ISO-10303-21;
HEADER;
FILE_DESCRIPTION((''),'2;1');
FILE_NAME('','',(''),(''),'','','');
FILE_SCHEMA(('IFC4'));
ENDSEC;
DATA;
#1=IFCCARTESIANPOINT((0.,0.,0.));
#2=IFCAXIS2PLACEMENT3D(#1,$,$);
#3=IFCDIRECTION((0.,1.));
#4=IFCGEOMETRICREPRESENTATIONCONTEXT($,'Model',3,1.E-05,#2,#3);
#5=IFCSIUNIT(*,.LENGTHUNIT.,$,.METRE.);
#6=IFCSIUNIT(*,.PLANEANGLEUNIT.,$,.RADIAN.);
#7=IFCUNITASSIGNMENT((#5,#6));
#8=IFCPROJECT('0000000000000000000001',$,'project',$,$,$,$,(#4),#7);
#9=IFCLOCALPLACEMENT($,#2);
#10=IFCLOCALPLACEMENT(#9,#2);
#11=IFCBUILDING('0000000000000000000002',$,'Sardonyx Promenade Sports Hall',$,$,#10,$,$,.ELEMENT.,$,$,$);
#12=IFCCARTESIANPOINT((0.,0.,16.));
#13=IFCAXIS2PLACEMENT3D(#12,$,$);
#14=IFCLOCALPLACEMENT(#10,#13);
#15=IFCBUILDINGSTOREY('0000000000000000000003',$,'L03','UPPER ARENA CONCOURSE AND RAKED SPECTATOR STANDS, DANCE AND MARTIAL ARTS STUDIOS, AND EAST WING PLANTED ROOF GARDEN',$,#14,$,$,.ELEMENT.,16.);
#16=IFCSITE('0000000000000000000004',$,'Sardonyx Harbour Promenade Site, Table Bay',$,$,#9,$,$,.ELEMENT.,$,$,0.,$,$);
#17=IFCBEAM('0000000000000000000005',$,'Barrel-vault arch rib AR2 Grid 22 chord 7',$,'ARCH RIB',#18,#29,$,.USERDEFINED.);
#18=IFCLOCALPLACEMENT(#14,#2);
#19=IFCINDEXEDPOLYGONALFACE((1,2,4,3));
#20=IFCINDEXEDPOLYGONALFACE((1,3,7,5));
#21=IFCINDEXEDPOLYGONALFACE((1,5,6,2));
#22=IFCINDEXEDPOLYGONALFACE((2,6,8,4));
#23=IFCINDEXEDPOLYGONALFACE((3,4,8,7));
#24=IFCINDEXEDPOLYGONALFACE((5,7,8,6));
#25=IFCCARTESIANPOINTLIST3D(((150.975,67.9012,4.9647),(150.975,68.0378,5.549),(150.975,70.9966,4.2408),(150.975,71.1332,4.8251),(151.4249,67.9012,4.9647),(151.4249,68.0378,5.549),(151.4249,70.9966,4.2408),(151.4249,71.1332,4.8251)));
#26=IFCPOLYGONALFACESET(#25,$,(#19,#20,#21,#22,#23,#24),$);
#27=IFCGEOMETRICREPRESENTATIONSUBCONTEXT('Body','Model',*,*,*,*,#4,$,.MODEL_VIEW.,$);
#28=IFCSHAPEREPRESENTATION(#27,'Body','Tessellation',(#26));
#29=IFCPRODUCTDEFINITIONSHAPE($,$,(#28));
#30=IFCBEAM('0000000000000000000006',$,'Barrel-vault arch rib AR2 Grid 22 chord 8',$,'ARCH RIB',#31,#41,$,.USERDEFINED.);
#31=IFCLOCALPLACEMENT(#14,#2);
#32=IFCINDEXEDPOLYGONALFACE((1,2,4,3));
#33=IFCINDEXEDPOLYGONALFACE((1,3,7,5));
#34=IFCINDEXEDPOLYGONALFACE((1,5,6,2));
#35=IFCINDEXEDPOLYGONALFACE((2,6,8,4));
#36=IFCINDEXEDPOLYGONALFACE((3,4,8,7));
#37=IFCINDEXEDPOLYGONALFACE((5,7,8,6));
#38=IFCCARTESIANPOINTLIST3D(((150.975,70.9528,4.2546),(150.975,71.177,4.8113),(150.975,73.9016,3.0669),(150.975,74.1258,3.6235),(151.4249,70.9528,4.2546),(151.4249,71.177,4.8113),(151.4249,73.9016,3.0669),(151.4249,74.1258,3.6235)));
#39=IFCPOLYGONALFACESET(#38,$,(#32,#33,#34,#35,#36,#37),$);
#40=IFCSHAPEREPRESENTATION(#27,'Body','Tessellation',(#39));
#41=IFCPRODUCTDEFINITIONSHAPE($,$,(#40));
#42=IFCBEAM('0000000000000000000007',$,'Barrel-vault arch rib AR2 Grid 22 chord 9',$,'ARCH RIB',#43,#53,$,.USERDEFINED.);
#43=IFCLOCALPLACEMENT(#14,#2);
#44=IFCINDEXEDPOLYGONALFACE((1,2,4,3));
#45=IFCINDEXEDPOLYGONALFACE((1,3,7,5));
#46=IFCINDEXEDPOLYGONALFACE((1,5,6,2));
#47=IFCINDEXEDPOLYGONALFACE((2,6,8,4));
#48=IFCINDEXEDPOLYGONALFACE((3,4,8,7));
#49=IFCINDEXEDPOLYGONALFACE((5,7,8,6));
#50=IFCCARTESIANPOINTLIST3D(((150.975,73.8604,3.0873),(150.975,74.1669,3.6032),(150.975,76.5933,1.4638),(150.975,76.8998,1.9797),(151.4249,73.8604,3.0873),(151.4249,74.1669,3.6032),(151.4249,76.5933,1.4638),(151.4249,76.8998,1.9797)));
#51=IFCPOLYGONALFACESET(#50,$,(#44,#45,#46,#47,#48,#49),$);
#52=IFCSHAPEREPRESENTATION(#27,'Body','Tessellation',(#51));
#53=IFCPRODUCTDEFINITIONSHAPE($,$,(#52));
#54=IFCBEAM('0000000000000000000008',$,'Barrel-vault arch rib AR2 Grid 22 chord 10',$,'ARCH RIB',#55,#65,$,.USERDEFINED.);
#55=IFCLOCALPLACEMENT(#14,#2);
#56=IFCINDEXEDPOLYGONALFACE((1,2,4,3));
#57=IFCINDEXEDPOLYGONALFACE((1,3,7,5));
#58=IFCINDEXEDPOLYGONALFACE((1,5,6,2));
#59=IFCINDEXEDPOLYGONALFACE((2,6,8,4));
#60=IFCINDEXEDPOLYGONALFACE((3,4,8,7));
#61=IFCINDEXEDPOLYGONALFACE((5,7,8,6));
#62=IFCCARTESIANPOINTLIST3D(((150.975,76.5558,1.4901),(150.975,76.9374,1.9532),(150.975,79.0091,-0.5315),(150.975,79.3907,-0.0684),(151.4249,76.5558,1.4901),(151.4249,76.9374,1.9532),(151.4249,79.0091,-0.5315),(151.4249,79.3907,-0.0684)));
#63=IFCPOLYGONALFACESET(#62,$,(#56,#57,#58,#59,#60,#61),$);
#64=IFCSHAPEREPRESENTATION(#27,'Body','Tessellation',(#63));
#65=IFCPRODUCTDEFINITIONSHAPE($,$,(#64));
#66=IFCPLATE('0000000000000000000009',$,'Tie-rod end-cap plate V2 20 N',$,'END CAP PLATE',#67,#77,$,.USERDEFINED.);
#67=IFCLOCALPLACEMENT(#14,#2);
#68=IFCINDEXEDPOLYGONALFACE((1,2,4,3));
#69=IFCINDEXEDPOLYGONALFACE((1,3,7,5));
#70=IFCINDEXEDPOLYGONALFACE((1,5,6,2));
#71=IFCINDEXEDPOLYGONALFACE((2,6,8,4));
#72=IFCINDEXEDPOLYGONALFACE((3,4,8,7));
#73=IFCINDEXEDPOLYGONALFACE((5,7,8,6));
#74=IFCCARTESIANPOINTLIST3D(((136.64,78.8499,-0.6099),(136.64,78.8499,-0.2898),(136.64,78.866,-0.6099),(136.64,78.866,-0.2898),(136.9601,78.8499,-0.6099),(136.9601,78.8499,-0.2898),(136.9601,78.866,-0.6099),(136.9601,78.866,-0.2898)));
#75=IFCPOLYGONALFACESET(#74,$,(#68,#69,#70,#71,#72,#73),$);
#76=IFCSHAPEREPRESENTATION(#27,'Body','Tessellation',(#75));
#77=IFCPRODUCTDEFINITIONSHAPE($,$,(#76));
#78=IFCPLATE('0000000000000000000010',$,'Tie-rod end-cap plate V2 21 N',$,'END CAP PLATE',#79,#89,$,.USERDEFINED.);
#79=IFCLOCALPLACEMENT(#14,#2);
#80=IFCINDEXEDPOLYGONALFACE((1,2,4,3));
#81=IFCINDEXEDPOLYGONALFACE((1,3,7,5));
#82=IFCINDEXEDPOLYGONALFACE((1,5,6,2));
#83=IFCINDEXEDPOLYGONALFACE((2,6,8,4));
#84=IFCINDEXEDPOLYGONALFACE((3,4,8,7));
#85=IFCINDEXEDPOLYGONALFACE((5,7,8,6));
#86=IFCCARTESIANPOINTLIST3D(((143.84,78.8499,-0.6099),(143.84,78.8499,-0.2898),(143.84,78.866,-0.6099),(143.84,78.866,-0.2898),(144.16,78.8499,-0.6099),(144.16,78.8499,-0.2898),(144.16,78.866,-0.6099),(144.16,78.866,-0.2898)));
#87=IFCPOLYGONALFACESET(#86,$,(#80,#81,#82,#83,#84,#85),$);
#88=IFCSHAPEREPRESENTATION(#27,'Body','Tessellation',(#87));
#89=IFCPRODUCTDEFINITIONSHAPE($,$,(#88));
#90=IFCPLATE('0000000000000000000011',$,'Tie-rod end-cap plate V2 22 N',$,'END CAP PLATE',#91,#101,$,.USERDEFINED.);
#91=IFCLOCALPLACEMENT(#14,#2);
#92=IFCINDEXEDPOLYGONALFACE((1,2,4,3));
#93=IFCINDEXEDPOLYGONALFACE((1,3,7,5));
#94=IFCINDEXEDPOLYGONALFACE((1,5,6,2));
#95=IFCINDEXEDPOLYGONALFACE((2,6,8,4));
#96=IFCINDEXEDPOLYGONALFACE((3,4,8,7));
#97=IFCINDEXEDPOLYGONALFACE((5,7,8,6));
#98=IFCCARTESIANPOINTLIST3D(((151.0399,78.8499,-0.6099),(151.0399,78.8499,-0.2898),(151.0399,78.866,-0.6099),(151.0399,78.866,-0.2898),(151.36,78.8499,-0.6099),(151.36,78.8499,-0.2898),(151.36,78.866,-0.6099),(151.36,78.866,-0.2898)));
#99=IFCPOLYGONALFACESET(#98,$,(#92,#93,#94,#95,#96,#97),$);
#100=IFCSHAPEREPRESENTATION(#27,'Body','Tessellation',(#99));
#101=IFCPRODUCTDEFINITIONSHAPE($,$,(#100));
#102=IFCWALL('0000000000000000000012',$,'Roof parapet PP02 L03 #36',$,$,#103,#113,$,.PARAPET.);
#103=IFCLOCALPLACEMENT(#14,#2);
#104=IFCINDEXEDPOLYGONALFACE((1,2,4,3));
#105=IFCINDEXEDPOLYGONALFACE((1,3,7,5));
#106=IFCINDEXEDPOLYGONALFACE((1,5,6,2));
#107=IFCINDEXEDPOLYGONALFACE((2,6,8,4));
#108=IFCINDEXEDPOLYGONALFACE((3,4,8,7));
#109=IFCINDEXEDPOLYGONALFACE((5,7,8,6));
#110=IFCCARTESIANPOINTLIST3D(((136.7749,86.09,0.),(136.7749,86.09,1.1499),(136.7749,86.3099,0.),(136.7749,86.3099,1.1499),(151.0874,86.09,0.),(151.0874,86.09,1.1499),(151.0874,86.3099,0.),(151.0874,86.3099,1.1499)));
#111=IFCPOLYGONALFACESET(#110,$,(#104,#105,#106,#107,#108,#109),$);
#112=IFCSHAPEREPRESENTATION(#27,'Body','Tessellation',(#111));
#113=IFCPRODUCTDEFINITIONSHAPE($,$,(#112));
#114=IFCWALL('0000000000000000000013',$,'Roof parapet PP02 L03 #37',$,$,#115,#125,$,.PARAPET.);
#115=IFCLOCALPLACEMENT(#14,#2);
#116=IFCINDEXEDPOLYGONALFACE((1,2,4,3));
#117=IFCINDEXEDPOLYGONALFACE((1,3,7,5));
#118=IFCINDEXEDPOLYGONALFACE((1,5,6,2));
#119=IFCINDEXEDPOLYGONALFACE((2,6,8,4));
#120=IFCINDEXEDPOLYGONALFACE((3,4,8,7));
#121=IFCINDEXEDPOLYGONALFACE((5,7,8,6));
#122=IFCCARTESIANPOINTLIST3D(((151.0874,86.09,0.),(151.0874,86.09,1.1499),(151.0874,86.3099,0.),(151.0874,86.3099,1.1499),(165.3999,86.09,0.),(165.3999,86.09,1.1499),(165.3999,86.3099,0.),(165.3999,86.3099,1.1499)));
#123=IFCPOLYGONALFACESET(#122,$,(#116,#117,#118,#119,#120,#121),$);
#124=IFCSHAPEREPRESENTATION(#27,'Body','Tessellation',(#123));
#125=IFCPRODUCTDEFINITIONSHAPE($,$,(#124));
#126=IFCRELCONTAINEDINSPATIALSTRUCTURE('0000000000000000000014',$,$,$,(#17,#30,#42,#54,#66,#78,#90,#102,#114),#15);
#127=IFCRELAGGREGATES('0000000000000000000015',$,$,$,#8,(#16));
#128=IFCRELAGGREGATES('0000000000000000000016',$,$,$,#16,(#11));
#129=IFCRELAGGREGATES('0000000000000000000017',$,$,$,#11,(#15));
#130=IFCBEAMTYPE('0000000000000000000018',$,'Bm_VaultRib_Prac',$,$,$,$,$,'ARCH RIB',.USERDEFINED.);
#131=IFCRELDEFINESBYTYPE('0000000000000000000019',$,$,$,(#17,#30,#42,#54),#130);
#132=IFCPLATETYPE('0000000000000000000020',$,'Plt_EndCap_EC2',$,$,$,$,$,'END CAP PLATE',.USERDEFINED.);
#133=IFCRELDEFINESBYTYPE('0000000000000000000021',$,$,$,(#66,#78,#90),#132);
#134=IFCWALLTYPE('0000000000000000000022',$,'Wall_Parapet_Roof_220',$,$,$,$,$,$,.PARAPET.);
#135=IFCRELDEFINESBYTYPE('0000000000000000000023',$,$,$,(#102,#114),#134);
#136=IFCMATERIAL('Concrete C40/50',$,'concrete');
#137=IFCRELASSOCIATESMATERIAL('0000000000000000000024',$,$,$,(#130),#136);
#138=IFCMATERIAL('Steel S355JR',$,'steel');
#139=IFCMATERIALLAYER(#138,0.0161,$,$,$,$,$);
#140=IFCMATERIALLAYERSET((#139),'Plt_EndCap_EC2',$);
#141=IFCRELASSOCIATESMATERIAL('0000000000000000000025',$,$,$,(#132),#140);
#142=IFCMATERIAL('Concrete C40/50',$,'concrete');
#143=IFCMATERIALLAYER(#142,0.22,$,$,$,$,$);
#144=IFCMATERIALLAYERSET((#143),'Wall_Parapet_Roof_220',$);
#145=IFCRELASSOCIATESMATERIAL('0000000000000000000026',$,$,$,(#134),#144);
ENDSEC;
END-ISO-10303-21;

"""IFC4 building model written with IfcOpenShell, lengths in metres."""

from ifc_helpers import new_model, si_unit, direction, frame, frame_2d, origin, origin_2d, place, context, subcontext, project, spatial, rectangle, extrude, material, layer, layer_set, material_profile, profile_set, type_object, element, save


model = new_model("IFC4")

# Units and contexts
model_context = context("Model", 3, precision=1e-05, world=origin(), true_north=direction((0.0, 1.0)))
body_context = subcontext(model_context, "Body", "Model", "MODEL_VIEW")
ifc_project = project(units=[si_unit("LENGTHUNIT", "METRE"), si_unit("PLANEANGLEUNIT", "RADIAN")], contexts=[model_context])

# Site, building, storey
site_placement = place(None, origin())
site = spatial("IfcSite", under=ifc_project, at=site_placement, Name="Sardonyx Harbour Promenade Site, Table Bay", CompositionType="ELEMENT", RefElevation=0.0)
building_placement = place(site_placement, origin())
building = spatial("IfcBuilding", under=site, at=building_placement, Name="Sardonyx Promenade Sports Hall", CompositionType="ELEMENT")
storey_placement = place(building_placement, frame((0.0, 0.0, 16.0)))
storey = spatial("IfcBuildingStorey", under=building, at=storey_placement, Name="L03", Description="UPPER ARENA CONCOURSE AND RAKED SPECTATOR STANDS, DANCE AND MARTIAL ARTS STUDIOS, AND EAST WING PLANTED ROOF GARDEN", CompositionType="ELEMENT", Elevation=16.0)

# Beams
ifc_material_1 = material(Name="Concrete C40/50", Category="concrete")
ifc_material_profile_1 = material_profile(ifc_material_1, rectangle(XDim=0.45, YDim=0.6001, at=origin_2d()))
ifc_profile_set_1 = profile_set([ifc_material_profile_1], Name="Concrete C40/50")
beam_type_1 = type_object("IfcBeamType", Name="Bm_VaultRib_Prac", ElementType="ARCH RIB", PredefinedType="USERDEFINED", material=ifc_profile_set_1)
for number, where, z_axis, x_axis, name in (
    (1, (151.2, 67.9695, 5.2568), (0.0, 0.973729, -0.227708), (-1.0, 0.0, 0.0), "Barrel-vault arch rib AR2 Grid 22 chord 7"),
    (2, (151.2, 71.0649, 4.533), (0.0, 0.927579, -0.373627), (-1.0, 0.0, 0.0), "Barrel-vault arch rib AR2 Grid 22 chord 8"),
):
    element("IfcBeam", number, at=place(storey_placement, frame(where, z_axis=z_axis, x_axis=x_axis)), inside=storey, type_object=beam_type_1, Name=name, ObjectType="ARCH RIB", PredefinedType="USERDEFINED", context=body_context, shape_type="SweptSolid", body=[
        extrude(rectangle(XDim=0.45, YDim=0.6001, at=origin_2d()), origin(), (0.0, 0.0, 1.0), 3.179),
    ])
beam_1_placement = place(storey_placement, frame((151.2, 74.0137, 3.3452), z_axis=(0.0, 0.859735, -0.510741), x_axis=(-1.0, 0.0, 0.0)))
element("IfcBeam", 3, at=beam_1_placement, inside=storey, type_object=beam_type_1, Name="Barrel-vault arch rib AR2 Grid 22 chord 9", ObjectType="ARCH RIB", PredefinedType="USERDEFINED", context=body_context, shape_type="SweptSolid", body=[
    extrude(rectangle(XDim=0.45, YDim=0.6001, at=origin_2d()), origin(), (0.0, 0.0, 1.0), 3.1787),
])
beam_2_placement = place(storey_placement, frame((151.2, 76.7466, 1.7217), z_axis=(0.0, 0.771728, -0.635952), x_axis=(-1.0, 0.0, 0.0)))
element("IfcBeam", 4, at=beam_2_placement, inside=storey, type_object=beam_type_1, Name="Barrel-vault arch rib AR2 Grid 22 chord 10", ObjectType="ARCH RIB", PredefinedType="USERDEFINED", context=body_context, shape_type="SweptSolid", body=[
    extrude(rectangle(XDim=0.45, YDim=0.6001, at=origin_2d()), origin(), (0.0, 0.0, 1.0), 3.179),
])

# Plates
ifc_material_2 = material(Name="Steel S355JR", Category="steel")
ifc_layer_1 = layer(ifc_material_2, 0.0161)
ifc_layer_set_1 = layer_set([ifc_layer_1], Name="Plt_EndCap_EC2")
plate_type = type_object("IfcPlateType", Name="Plt_EndCap_EC2", ElementType="END CAP PLATE", PredefinedType="USERDEFINED", material=ifc_layer_set_1)
for number, where, z_axis, x_axis, name in (
    (5, (136.8, 78.8579, -0.6099), (0.0, 0.0, 1.0), (1.0, 0.0, 0.0), "Tie-rod end-cap plate V2 20 N"),
    (6, (144.0, 78.8579, -0.6099), (0.0, 0.0, 1.0), (1.0, 0.0, 0.0), "Tie-rod end-cap plate V2 21 N"),
    (7, (151.2, 78.8579, -0.6099), (0.0, 0.0, 1.0), (1.0, 0.0, 0.0), "Tie-rod end-cap plate V2 22 N"),
):
    element("IfcPlate", number, at=place(storey_placement, frame(where, z_axis=z_axis, x_axis=x_axis)), inside=storey, type_object=plate_type, Name=name, ObjectType="END CAP PLATE", PredefinedType="USERDEFINED", context=body_context, shape_type="SweptSolid", body=[
        extrude(rectangle(XDim=0.3201, YDim=0.0161, at=origin_2d()), origin(), (0.0, 0.0, 1.0), 0.3201),
    ])

# Walls
ifc_material_3 = material(Name="Concrete C40/50", Category="concrete")
ifc_layer_2 = layer(ifc_material_3, 0.22)
ifc_layer_set_2 = layer_set([ifc_layer_2], Name="Wall_Parapet_Roof_220")
wall_type = type_object("IfcWallType", Name="Wall_Parapet_Roof_220", PredefinedType="PARAPET", material=ifc_layer_set_2)
for number, where, z_axis, x_axis, name in (
    (8, (136.7749, 86.2, 0.0), (0.0, 0.0, 1.0), (1.0, 0.0, 0.0), "Roof parapet PP02 L03 #36"),
    (9, (151.0874, 86.2, 0.0), (0.0, 0.0, 1.0), (1.0, 0.0, 0.0), "Roof parapet PP02 L03 #37"),
):
    element("IfcWall", number, at=place(storey_placement, frame(where, z_axis=z_axis, x_axis=x_axis)), inside=storey, type_object=wall_type, Name=name, PredefinedType="PARAPET", context=body_context, shape_type="SweptSolid", body=[
        extrude(rectangle(XDim=14.3125, YDim=0.22, at=frame_2d((7.1562, 0.0))), origin(), (0.0, 0.0, 1.0), 1.1499),
    ])

save(model, "model.ifc")
